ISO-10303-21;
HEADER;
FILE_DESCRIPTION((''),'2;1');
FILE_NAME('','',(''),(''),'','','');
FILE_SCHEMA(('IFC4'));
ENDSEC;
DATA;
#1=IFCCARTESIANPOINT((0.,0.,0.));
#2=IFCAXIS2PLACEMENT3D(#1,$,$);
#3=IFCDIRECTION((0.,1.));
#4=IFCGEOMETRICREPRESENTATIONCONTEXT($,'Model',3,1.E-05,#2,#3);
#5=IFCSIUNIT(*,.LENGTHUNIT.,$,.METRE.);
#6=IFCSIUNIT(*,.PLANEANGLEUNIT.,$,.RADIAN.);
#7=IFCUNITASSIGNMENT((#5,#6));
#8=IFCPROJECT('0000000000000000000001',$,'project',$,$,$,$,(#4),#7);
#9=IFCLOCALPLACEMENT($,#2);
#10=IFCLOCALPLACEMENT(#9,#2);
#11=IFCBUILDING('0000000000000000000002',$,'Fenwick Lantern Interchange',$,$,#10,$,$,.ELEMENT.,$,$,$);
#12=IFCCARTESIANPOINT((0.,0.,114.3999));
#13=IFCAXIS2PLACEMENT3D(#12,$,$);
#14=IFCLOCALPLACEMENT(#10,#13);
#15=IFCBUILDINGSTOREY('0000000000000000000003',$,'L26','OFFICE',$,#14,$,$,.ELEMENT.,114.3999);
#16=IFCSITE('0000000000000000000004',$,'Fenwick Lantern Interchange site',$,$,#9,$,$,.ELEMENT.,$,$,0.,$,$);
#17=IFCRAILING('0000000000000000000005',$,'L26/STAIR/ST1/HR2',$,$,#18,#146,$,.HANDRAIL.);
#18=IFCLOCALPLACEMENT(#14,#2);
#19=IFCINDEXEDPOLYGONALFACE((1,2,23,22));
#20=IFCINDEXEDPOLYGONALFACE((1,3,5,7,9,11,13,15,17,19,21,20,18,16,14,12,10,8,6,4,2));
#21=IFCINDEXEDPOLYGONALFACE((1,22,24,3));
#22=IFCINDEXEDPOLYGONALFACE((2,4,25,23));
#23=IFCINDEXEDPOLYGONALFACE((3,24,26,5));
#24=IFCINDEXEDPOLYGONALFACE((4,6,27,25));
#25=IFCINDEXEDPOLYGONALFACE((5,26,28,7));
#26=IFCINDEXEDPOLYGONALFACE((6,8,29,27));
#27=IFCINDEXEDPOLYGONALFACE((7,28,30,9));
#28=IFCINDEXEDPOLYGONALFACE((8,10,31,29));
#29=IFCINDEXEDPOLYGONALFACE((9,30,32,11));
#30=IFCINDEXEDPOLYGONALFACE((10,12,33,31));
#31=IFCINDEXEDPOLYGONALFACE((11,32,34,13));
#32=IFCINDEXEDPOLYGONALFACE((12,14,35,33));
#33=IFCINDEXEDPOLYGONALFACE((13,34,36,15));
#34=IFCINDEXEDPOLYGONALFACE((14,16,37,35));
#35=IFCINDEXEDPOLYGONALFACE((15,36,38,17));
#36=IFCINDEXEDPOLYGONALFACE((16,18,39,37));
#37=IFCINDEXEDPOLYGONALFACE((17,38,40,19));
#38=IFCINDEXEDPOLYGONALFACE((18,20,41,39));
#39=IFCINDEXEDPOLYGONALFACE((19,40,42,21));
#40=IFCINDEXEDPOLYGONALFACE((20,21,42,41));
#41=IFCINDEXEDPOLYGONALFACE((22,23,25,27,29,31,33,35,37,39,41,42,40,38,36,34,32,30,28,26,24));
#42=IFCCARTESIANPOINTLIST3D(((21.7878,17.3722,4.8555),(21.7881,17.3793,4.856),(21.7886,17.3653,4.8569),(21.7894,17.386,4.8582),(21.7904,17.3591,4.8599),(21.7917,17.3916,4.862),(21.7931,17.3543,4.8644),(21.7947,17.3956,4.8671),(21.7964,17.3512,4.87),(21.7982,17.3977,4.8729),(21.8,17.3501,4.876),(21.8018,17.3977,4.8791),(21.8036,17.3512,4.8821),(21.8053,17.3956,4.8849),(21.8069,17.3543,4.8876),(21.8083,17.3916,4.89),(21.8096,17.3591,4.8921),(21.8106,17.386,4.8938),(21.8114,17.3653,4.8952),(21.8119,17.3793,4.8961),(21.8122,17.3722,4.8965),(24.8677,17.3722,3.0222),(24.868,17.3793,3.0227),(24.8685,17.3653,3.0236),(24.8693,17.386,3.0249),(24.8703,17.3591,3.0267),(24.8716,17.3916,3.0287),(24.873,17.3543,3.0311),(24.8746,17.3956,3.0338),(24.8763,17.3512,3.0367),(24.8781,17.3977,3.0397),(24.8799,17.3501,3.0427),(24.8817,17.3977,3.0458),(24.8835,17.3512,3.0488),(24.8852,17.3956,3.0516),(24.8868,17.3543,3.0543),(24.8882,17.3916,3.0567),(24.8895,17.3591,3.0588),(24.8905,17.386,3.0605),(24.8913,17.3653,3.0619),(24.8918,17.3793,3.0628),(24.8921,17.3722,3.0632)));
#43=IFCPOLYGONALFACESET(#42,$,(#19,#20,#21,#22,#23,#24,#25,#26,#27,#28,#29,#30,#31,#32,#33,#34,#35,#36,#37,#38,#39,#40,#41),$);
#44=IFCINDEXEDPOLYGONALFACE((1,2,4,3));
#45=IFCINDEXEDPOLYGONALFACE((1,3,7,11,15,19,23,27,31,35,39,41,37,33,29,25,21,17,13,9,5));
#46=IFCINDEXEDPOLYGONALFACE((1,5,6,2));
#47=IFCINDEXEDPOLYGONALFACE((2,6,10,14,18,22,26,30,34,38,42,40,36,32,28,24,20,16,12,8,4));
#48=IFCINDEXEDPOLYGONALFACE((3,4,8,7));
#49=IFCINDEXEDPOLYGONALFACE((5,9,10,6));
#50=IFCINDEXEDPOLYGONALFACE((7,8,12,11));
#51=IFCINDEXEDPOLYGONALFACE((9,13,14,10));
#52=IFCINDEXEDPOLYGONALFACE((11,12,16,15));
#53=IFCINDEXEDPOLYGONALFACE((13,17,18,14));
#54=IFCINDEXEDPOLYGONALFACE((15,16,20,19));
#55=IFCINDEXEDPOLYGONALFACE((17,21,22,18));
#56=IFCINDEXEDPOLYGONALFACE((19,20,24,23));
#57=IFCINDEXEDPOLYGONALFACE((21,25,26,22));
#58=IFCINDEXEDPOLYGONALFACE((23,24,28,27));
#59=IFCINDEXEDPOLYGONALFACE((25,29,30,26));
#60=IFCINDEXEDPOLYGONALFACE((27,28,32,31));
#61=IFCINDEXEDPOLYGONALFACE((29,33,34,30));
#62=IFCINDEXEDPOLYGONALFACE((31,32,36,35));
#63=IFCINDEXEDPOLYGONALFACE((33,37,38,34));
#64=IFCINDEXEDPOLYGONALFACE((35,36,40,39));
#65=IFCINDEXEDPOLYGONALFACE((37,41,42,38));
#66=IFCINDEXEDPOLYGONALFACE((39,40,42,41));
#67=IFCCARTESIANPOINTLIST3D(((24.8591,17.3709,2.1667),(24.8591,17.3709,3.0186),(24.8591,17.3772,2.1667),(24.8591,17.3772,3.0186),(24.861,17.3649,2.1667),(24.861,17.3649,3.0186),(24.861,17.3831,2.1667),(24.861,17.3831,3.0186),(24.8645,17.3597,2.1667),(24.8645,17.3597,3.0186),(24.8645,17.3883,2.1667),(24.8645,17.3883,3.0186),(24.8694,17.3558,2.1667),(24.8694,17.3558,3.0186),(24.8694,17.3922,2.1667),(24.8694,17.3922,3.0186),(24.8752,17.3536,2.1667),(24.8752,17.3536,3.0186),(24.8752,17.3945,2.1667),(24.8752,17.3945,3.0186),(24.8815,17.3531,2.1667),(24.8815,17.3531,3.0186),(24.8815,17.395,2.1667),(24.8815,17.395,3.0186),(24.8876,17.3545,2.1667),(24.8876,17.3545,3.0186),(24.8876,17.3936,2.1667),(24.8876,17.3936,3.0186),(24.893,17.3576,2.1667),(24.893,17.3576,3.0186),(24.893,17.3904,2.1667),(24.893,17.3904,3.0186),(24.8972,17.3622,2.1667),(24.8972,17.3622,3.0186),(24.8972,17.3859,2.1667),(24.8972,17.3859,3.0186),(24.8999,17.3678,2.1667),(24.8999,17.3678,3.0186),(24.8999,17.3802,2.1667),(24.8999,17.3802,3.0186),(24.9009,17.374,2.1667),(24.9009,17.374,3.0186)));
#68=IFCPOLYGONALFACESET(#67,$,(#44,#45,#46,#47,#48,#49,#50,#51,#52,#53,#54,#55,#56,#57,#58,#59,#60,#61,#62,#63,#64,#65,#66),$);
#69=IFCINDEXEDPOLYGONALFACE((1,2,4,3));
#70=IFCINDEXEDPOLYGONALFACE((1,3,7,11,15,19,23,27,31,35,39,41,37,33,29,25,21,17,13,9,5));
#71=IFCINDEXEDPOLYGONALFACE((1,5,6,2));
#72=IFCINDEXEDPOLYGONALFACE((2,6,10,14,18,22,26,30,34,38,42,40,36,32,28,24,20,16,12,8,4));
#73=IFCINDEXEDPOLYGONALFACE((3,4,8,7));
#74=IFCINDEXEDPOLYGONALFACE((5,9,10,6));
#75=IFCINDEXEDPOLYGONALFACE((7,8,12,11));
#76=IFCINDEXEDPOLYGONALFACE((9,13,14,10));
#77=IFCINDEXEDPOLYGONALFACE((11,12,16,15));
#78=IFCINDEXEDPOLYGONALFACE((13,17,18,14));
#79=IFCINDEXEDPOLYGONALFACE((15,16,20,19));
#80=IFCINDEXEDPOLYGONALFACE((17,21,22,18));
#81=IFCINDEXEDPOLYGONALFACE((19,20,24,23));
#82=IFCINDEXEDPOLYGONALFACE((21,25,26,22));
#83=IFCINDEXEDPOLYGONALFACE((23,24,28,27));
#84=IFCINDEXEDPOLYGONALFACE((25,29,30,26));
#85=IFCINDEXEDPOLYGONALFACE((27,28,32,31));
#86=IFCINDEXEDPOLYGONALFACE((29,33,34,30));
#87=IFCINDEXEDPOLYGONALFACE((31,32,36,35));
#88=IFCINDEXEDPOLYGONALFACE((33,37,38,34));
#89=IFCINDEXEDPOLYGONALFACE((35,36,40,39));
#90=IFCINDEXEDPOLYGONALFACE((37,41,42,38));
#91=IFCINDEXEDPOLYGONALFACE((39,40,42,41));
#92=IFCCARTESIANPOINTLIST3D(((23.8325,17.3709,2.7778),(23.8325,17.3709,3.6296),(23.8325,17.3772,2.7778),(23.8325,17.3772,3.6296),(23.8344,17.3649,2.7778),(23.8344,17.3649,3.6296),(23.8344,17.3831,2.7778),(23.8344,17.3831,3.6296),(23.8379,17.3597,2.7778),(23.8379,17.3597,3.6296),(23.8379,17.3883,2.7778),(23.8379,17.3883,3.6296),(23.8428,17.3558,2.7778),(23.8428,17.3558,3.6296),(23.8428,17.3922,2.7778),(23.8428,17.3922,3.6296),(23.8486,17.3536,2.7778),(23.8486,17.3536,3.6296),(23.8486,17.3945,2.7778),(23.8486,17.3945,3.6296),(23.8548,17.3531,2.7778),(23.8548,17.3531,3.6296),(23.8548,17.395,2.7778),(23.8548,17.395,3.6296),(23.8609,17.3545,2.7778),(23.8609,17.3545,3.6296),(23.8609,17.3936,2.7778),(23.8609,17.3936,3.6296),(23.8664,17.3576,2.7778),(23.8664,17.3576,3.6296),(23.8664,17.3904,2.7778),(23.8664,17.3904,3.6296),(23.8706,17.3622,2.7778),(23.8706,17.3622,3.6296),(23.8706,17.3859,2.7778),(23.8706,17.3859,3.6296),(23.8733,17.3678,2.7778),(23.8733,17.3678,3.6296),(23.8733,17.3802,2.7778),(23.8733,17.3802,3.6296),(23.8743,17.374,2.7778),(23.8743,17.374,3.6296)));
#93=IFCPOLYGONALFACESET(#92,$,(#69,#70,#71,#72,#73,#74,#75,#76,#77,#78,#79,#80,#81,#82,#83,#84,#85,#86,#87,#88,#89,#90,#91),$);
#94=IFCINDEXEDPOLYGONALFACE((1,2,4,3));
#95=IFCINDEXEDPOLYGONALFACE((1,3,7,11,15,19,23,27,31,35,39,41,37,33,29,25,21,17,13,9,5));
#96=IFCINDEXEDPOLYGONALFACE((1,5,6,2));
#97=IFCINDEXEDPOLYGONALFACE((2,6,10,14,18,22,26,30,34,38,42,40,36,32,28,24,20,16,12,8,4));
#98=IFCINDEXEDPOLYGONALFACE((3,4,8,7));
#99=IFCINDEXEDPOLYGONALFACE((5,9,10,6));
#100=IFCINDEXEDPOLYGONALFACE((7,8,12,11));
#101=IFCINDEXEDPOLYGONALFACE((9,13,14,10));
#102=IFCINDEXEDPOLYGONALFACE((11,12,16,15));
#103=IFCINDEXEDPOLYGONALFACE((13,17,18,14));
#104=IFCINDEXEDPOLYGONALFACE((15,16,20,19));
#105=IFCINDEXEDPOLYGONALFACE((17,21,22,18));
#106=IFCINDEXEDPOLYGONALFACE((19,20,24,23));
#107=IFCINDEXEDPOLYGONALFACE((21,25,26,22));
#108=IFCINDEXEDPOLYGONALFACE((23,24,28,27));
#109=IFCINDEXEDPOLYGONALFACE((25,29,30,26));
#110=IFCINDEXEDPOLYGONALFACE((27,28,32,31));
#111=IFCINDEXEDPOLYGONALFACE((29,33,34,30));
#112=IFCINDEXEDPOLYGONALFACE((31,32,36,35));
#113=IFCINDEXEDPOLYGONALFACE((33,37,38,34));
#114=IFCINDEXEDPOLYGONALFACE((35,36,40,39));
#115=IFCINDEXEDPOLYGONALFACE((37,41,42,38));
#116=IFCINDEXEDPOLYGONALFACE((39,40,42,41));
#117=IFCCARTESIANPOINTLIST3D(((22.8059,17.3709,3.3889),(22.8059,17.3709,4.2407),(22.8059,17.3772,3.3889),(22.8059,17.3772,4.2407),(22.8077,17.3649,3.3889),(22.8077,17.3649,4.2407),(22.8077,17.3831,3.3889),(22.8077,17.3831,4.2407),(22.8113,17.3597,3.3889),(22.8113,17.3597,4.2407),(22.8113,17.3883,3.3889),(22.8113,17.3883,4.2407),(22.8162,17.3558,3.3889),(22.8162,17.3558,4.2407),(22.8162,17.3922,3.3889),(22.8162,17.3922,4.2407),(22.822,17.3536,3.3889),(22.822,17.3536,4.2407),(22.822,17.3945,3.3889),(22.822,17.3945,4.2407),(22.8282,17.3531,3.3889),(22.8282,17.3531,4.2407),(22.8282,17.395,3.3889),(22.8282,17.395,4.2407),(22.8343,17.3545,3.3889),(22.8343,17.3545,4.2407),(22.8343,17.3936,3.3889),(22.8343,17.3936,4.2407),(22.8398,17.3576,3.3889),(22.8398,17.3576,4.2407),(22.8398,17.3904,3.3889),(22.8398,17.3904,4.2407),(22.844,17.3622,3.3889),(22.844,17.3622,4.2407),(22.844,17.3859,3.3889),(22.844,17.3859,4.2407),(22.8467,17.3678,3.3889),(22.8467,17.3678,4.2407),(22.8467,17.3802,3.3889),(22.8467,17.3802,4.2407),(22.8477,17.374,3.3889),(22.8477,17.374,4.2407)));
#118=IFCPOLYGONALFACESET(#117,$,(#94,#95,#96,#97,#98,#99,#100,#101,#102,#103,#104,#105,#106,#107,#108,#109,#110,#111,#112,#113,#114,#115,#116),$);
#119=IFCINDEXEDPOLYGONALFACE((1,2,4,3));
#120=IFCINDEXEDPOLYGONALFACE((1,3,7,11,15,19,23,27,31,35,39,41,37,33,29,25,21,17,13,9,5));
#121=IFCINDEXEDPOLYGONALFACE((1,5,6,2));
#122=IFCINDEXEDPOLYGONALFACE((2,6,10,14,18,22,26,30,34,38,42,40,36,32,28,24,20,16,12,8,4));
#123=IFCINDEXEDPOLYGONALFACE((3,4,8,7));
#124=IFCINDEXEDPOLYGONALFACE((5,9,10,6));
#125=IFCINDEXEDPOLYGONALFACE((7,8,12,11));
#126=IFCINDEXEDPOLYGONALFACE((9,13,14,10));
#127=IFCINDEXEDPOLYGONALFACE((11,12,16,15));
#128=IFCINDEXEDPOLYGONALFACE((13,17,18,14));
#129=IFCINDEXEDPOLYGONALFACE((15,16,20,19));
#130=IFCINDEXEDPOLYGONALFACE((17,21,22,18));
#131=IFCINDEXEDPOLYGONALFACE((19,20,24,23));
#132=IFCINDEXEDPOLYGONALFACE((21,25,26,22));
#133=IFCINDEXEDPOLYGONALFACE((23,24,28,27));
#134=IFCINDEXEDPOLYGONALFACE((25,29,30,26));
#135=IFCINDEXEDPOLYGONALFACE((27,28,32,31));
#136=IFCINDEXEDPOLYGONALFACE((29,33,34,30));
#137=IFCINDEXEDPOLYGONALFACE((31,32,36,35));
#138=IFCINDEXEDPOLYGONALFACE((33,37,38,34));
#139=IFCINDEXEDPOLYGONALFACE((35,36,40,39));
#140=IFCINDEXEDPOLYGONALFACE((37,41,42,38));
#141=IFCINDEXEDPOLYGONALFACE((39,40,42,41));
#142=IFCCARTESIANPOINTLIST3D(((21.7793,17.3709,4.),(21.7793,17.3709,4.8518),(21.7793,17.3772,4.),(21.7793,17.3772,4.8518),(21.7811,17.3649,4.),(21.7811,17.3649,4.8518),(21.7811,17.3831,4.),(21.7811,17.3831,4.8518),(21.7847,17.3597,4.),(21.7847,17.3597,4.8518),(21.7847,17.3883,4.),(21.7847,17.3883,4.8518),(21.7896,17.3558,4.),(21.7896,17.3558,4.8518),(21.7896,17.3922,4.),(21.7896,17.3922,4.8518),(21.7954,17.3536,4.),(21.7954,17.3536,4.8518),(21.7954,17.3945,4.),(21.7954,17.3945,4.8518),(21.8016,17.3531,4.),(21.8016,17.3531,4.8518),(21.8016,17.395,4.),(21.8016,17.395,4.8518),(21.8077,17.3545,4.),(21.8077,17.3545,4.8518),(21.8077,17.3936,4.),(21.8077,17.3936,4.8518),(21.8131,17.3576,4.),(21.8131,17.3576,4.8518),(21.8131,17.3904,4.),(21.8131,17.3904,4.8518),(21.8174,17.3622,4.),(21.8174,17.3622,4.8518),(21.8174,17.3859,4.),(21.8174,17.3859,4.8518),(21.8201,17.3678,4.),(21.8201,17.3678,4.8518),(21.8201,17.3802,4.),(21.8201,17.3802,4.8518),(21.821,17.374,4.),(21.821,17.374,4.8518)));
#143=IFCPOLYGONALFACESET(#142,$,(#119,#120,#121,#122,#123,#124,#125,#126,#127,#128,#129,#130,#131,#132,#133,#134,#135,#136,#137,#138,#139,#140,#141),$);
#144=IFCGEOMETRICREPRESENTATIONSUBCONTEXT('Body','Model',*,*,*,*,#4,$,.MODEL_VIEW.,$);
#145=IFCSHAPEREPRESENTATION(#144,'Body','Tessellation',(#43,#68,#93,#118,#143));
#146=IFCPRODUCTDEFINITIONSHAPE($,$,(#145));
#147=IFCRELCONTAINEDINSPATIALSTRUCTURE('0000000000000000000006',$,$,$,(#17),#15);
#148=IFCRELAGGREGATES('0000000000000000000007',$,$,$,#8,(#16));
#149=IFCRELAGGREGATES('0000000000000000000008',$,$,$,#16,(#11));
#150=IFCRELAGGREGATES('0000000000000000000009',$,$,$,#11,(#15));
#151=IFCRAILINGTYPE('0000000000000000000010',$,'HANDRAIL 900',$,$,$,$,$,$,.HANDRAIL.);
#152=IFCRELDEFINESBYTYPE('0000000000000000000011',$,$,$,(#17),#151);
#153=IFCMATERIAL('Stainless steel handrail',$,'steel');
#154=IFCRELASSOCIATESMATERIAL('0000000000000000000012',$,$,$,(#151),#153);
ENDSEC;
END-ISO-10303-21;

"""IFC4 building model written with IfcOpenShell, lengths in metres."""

from ifc_helpers import new_model, si_unit, direction, frame, origin, origin_2d, place, context, subcontext, project, spatial, circle, extrude, material, type_object, element, save


model = new_model("IFC4")

# Units and contexts
model_context = context("Model", 3, precision=1e-05, world=origin(), true_north=direction((0.0, 1.0)))
body_context = subcontext(model_context, "Body", "Model", "MODEL_VIEW")
ifc_project = project(units=[si_unit("LENGTHUNIT", "METRE"), si_unit("PLANEANGLEUNIT", "RADIAN")], contexts=[model_context])

# Site, building, storey
site_placement = place(None, origin())
site = spatial("IfcSite", under=ifc_project, at=site_placement, Name="Fenwick Lantern Interchange site", CompositionType="ELEMENT", RefElevation=0.0)
building_placement = place(site_placement, origin())
building = spatial("IfcBuilding", under=site, at=building_placement, Name="Fenwick Lantern Interchange", CompositionType="ELEMENT")
storey_placement = place(building_placement, frame((0.0, 0.0, 114.3999)))
storey = spatial("IfcBuildingStorey", under=building, at=storey_placement, Name="L26", Description="OFFICE", CompositionType="ELEMENT", Elevation=114.3999)

# Railing
ifc_material_1 = material(Name="Stainless steel handrail", Category="steel")
railing_type = type_object("IfcRailingType", Name="HANDRAIL 900", PredefinedType="HANDRAIL", material=ifc_material_1)
railing_1_placement = place(storey_placement, frame((24.8799, 17.374, 2.1667)))
element("IfcRailing", 1, at=railing_1_placement, inside=storey, type_object=railing_type, Name="L26/STAIR/ST1/HR2", PredefinedType="HANDRAIL", context=body_context, shape_type="SweptSolid", body=[
    extrude(circle(Radius=0.0239, at=origin_2d()), frame((0.0, 0.0, 0.876), z_axis=(-0.859291, 0.0, 0.511487), x_axis=(0.0, -1.0, 0.0)), (0.0, 0.0, 1.0), 3.5842),
    extrude(circle(Radius=0.021, at=origin_2d()), origin(), (0.0, 0.0, 1.0), 0.8518),
    extrude(circle(Radius=0.021, at=origin_2d()), frame((-1.0266, 0.0, 0.6111)), (0.0, 0.0, 1.0), 0.8518),
    extrude(circle(Radius=0.021, at=origin_2d()), frame((-2.0532, 0.0, 1.2222)), (0.0, 0.0, 1.0), 0.8518),
    extrude(circle(Radius=0.021, at=origin_2d()), frame((-3.0798, 0.0, 1.8333)), (0.0, 0.0, 1.0), 0.8518),
])

save(model, "model.ifc")
